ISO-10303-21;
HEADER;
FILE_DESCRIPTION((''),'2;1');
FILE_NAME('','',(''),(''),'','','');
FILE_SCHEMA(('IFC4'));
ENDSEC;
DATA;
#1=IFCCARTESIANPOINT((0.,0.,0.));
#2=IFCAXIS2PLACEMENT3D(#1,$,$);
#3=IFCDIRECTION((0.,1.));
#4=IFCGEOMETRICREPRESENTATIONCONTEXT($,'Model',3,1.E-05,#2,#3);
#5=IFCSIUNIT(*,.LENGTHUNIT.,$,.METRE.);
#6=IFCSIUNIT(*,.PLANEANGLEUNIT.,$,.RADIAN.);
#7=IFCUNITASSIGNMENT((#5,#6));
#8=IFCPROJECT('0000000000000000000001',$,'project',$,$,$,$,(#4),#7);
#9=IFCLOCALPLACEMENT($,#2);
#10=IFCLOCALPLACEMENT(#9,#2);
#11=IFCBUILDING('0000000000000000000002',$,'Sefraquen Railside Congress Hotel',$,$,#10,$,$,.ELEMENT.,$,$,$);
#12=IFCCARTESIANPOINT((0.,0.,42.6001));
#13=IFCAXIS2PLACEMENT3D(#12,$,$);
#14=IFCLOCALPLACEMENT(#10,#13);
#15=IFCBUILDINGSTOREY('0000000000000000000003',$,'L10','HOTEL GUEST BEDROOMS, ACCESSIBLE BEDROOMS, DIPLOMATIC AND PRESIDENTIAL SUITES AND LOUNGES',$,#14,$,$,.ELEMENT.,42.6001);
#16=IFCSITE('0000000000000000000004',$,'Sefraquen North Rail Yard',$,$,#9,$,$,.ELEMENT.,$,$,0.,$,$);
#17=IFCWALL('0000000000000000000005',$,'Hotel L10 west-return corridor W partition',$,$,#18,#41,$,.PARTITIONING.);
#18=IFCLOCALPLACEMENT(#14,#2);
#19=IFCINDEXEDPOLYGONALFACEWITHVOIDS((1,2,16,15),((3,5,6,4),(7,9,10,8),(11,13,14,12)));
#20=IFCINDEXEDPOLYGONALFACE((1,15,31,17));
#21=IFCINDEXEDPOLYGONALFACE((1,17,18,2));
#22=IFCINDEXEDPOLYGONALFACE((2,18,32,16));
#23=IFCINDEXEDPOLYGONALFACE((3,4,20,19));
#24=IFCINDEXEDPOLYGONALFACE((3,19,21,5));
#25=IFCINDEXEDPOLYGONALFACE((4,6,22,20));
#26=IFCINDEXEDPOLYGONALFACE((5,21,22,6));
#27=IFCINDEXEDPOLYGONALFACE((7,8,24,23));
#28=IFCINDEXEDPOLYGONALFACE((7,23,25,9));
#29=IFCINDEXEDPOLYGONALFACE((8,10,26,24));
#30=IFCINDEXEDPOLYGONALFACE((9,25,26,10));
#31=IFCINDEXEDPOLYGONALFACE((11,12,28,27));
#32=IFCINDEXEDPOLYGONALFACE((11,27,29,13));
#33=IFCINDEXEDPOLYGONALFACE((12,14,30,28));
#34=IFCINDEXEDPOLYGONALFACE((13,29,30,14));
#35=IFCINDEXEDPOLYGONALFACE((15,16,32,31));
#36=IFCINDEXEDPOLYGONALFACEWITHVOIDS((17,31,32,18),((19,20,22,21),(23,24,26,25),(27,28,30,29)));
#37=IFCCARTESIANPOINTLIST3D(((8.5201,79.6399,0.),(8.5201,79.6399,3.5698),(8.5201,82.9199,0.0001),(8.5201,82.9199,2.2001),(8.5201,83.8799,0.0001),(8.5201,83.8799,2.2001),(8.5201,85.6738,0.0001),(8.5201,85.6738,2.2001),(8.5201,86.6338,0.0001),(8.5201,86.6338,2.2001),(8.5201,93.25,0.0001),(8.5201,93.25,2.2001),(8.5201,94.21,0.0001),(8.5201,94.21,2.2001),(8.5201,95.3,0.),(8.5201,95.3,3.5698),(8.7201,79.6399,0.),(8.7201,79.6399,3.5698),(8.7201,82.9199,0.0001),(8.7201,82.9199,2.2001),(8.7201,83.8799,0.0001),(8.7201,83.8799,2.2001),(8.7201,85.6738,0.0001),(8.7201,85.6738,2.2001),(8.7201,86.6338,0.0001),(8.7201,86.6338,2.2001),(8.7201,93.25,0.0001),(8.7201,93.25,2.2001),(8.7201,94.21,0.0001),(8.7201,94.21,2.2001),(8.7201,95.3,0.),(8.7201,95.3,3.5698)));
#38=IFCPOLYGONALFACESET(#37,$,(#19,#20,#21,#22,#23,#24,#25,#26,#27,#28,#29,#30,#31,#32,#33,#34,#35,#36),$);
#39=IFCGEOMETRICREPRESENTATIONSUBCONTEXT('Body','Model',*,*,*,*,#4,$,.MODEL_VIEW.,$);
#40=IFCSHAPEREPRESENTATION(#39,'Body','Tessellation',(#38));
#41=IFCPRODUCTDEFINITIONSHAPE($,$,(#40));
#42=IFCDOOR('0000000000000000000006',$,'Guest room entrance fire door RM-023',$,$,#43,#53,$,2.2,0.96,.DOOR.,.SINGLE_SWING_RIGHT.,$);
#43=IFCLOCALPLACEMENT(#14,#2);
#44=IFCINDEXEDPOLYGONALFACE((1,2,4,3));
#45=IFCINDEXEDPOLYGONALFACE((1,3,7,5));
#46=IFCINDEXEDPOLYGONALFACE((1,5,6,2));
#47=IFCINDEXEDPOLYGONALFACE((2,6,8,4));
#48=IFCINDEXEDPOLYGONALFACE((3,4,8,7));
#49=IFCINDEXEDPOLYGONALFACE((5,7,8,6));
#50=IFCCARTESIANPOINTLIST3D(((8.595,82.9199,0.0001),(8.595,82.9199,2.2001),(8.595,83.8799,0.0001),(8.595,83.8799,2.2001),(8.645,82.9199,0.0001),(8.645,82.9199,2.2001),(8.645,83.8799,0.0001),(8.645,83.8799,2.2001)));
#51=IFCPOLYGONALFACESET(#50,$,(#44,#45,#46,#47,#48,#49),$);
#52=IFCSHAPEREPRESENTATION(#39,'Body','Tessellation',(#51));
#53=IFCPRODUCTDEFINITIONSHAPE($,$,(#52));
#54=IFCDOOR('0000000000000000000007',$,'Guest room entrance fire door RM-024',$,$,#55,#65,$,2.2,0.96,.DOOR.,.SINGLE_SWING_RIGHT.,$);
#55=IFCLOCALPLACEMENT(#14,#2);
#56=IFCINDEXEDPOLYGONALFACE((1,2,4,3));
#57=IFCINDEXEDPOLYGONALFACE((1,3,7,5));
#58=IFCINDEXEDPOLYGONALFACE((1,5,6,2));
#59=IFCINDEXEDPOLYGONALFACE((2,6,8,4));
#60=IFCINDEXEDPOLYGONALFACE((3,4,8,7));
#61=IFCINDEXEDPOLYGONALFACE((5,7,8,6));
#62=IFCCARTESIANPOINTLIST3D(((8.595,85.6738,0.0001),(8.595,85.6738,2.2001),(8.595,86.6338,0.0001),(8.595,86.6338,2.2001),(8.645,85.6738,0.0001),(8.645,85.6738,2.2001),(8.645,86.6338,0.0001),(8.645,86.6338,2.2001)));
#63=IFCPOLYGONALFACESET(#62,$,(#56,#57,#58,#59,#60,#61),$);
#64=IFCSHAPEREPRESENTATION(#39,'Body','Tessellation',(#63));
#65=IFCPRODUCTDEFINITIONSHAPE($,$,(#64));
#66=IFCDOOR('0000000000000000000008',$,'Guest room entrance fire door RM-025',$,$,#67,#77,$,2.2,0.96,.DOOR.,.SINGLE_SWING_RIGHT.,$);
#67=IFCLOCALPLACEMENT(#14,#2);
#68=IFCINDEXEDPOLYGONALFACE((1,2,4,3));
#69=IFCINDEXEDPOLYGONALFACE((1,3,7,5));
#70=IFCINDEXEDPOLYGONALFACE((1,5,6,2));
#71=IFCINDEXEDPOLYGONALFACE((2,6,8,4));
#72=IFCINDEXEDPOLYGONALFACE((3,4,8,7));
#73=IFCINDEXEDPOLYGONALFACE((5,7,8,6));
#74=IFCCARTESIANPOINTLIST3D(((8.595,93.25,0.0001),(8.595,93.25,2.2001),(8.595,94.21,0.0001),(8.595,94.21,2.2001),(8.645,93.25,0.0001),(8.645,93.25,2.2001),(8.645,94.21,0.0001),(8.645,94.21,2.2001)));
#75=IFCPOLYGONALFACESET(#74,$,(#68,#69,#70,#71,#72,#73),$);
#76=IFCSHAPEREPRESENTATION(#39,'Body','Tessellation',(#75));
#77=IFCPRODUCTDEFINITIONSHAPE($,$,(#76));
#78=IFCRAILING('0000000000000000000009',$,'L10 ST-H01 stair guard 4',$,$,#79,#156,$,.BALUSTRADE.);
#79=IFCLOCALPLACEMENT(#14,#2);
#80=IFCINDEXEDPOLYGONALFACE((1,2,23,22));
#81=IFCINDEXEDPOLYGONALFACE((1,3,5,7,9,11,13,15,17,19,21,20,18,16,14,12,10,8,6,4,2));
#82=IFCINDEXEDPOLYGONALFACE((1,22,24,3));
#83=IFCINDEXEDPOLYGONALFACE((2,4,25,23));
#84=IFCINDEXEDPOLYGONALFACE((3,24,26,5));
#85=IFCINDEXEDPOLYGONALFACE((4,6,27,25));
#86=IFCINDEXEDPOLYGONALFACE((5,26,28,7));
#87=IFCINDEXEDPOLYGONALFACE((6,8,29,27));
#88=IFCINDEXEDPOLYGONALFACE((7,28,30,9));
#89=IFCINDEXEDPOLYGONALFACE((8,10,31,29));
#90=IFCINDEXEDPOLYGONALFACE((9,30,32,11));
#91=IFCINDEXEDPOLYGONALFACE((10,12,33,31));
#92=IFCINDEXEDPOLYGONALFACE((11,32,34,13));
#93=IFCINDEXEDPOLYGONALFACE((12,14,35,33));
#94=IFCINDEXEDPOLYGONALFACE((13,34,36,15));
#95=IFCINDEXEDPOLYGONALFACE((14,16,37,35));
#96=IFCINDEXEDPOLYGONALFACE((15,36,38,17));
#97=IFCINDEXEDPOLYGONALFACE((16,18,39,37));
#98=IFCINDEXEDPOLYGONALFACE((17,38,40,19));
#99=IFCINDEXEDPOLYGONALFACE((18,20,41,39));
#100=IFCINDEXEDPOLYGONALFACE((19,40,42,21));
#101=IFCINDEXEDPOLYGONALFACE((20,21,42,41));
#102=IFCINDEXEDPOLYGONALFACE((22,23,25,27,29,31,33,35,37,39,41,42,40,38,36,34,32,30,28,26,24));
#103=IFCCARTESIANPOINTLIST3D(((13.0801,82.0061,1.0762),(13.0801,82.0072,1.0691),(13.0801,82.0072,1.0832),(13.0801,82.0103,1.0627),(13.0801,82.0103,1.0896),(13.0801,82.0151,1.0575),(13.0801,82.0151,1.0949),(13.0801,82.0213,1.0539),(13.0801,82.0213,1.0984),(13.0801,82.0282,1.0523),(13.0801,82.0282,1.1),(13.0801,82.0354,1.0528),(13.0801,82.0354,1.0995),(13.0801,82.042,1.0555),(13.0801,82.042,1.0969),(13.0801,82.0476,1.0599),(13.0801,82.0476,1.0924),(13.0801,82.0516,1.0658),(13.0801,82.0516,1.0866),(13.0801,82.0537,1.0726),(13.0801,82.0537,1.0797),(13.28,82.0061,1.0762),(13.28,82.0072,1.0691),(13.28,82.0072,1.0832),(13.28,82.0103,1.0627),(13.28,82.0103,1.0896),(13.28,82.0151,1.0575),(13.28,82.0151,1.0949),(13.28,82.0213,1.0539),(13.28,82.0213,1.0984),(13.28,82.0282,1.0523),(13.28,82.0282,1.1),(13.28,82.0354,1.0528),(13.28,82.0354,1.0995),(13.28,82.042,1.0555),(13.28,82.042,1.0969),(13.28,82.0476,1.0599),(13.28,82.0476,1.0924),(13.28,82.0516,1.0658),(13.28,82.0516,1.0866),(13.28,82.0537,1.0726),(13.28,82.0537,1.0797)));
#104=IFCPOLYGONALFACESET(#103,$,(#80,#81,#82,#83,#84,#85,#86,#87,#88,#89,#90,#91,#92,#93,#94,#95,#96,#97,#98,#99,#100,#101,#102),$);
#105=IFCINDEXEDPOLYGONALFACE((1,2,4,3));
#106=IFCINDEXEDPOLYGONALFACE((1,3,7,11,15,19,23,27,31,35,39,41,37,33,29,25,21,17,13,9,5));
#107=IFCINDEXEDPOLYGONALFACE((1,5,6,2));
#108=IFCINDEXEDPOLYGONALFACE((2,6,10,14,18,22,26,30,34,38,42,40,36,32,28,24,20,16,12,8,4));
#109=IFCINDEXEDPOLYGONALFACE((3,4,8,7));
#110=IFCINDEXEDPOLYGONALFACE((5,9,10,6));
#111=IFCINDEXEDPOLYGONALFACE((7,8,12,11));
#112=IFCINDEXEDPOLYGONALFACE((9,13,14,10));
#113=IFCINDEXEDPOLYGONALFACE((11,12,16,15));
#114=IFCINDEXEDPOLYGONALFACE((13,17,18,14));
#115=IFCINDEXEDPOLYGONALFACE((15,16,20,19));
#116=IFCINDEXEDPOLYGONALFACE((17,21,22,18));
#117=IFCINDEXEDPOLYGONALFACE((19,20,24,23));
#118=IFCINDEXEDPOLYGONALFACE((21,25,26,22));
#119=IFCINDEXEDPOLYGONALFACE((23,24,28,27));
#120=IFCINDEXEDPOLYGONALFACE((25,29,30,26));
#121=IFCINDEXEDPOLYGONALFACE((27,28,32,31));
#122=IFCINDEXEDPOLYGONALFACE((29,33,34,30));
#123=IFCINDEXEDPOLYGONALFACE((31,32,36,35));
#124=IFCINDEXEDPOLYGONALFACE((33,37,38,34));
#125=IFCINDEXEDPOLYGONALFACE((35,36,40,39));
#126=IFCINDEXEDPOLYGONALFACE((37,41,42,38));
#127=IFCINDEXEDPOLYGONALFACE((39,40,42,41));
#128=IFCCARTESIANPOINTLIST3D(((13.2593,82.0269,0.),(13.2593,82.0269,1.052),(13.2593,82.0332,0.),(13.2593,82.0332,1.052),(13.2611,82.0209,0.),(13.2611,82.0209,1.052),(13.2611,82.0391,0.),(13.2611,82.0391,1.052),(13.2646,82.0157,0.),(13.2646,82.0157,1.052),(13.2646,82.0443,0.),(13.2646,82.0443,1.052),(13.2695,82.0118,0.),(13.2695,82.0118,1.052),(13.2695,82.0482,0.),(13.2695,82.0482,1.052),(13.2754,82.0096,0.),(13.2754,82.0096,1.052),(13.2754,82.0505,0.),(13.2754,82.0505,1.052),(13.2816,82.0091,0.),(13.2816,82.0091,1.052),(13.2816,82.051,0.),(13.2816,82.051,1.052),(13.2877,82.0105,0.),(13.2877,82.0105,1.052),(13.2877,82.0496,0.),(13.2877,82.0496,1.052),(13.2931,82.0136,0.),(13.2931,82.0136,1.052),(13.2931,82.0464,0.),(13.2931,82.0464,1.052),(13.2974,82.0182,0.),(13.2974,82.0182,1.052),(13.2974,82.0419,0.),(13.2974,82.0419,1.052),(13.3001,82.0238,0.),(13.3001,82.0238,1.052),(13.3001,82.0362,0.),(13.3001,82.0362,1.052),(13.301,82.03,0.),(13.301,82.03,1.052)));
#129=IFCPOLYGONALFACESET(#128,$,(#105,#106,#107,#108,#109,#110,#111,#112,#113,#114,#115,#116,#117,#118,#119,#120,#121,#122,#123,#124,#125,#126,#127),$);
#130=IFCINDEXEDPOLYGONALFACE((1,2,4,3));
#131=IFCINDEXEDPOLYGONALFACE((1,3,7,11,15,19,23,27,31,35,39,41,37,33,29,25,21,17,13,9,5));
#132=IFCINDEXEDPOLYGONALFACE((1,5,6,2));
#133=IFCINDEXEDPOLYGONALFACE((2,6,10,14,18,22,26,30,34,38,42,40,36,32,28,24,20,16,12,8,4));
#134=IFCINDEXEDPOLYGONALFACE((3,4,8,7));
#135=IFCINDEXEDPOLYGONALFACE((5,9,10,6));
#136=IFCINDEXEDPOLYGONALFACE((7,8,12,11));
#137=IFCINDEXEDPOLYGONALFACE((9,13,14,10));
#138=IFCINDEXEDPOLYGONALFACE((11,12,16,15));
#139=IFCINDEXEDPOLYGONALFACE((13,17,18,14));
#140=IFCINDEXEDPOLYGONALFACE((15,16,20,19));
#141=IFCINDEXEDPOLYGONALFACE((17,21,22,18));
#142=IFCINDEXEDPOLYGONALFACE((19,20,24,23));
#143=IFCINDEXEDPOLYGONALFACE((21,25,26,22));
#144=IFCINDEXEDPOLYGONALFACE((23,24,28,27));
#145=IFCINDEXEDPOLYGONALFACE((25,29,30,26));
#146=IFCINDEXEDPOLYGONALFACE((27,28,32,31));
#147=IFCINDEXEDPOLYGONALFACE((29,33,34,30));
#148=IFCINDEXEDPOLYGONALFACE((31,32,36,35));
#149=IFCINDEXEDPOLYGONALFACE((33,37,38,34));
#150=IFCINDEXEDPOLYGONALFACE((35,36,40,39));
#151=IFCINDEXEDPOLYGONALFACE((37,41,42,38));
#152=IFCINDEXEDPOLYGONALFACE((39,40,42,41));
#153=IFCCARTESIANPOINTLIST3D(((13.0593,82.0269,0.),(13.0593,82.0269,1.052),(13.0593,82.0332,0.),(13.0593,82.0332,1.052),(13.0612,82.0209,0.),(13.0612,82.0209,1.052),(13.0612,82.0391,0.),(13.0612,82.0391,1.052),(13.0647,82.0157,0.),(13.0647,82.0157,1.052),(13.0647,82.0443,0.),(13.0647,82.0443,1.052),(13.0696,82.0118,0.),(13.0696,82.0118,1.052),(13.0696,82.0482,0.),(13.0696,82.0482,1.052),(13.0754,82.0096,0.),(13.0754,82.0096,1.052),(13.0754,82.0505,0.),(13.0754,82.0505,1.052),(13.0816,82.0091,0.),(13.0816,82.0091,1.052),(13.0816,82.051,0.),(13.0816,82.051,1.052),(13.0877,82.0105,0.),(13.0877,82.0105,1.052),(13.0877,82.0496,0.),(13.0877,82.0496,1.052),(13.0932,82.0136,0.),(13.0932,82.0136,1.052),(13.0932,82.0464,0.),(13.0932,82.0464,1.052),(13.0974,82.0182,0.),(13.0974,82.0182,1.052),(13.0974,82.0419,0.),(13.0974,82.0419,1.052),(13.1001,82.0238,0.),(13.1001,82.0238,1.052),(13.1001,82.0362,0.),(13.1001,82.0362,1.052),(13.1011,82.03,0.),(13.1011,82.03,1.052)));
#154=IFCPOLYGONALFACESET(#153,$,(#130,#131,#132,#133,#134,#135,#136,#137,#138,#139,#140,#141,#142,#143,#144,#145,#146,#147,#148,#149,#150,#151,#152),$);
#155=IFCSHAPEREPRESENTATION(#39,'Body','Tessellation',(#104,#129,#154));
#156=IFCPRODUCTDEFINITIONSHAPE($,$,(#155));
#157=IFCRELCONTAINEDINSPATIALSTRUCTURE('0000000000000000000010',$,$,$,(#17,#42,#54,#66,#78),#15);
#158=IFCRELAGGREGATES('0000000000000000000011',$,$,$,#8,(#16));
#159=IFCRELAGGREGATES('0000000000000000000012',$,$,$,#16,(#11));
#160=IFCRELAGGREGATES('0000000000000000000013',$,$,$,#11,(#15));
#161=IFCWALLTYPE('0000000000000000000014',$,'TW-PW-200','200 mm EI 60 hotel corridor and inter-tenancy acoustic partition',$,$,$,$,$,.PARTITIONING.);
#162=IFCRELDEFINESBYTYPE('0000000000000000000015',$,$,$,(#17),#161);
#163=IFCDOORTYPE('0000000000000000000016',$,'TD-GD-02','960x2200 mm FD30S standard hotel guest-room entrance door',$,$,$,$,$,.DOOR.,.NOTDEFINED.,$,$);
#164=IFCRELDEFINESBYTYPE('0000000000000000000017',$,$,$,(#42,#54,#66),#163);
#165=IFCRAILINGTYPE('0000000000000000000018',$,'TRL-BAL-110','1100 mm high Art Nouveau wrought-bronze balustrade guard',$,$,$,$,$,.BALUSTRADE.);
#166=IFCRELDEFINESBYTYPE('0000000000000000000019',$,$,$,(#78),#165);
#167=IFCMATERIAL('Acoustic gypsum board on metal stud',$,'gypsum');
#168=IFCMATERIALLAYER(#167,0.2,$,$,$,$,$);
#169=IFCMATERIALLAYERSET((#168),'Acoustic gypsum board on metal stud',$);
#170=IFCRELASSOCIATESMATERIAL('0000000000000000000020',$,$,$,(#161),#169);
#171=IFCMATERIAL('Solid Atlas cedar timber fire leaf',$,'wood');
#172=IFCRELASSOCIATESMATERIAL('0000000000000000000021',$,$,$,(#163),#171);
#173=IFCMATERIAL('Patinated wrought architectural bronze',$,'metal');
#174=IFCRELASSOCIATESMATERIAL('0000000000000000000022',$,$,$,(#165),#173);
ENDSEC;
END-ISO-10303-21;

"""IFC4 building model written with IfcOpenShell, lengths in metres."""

from ifc_helpers import new_model, si_unit, direction, frame, frame_2d, origin, origin_2d, place, context, subcontext, project, spatial, rectangle, circle, extrude, material, layer, layer_set, type_object, element, fill, save


model = new_model("IFC4")

# Units and contexts
model_context = context("Model", 3, precision=1e-05, world=origin(), true_north=direction((0.0, 1.0)))
body_context = subcontext(model_context, "Body", "Model", "MODEL_VIEW")
ifc_project = project(units=[si_unit("LENGTHUNIT", "METRE"), si_unit("PLANEANGLEUNIT", "RADIAN")], contexts=[model_context])

# Site, building, storey
site_placement = place(None, origin())
site = spatial("IfcSite", under=ifc_project, at=site_placement, Name="Sefraquen North Rail Yard", CompositionType="ELEMENT", RefElevation=0.0)
building_placement = place(site_placement, origin())
building = spatial("IfcBuilding", under=site, at=building_placement, Name="Sefraquen Railside Congress Hotel", CompositionType="ELEMENT")
storey_placement = place(building_placement, frame((0.0, 0.0, 42.6001)))
storey = spatial("IfcBuildingStorey", under=building, at=storey_placement, Name="L10", Description="HOTEL GUEST BEDROOMS, ACCESSIBLE BEDROOMS, DIPLOMATIC AND PRESIDENTIAL SUITES AND LOUNGES", CompositionType="ELEMENT", Elevation=42.6001)

# Wall, openings, doors
ifc_material_1 = material(Name="Acoustic gypsum board on metal stud", Category="gypsum")
ifc_layer_1 = layer(ifc_material_1, 0.2)
ifc_layer_set_1 = layer_set([ifc_layer_1], Name="Acoustic gypsum board on metal stud")
wall_type_1 = type_object("IfcWallType", Name="TW-PW-200", Description="200 mm EI 60 hotel corridor and inter-tenancy acoustic partition", PredefinedType="PARTITIONING", material=ifc_layer_set_1)
wall_1_placement = place(storey_placement, frame((8.6201, 79.6399, 0.0), z_axis=(0.0, 0.0, 1.0), x_axis=(0.0, 1.0, 0.0)))
wall_1 = element("IfcWall", 1, at=wall_1_placement, inside=storey, type_object=wall_type_1, Name="Hotel L10 west-return corridor W partition", PredefinedType="PARTITIONING", context=body_context, shape_type="SweptSolid", body=[
    extrude(rectangle(XDim=15.6602, YDim=0.2, at=frame_2d((7.8301, 0.0))), origin(), (0.0, 0.0, 1.0), 3.5698),
])
opening_1_placement = place(wall_1_placement, frame((3.28, 0.0, 0.0)))
opening_1 = element("IfcOpeningElement", 2, at=opening_1_placement, cuts=wall_1, PredefinedType="OPENING", context=body_context, shape_type="SweptSolid", body=[
    extrude(rectangle(XDim=0.96, YDim=2.2, at=frame_2d((0.48, 1.1001))), frame((0.0, 0.1099, 0.0), z_axis=(0.0, -1.0, 0.0), x_axis=(1.0, 0.0, 0.0)), (0.0, 0.0, 1.0), 0.22),
])
opening_2_placement = place(wall_1_placement, frame((6.0339, 0.0, 0.0)))
opening_2 = element("IfcOpeningElement", 3, at=opening_2_placement, cuts=wall_1, PredefinedType="OPENING", context=body_context, shape_type="SweptSolid", body=[
    extrude(rectangle(XDim=0.96, YDim=2.2, at=frame_2d((0.48, 1.1001))), frame((0.0, 0.1099, 0.0), z_axis=(0.0, -1.0, 0.0), x_axis=(1.0, 0.0, 0.0)), (0.0, 0.0, 1.0), 0.22),
])
opening_3_placement = place(wall_1_placement, frame((13.6101, 0.0, 0.0)))
opening_3 = element("IfcOpeningElement", 4, at=opening_3_placement, cuts=wall_1, PredefinedType="OPENING", context=body_context, shape_type="SweptSolid", body=[
    extrude(rectangle(XDim=0.96, YDim=2.2, at=frame_2d((0.48, 1.1001))), frame((0.0, 0.1099, 0.0), z_axis=(0.0, -1.0, 0.0), x_axis=(1.0, 0.0, 0.0)), (0.0, 0.0, 1.0), 0.22),
])
ifc_material_2 = material(Name="Solid Atlas cedar timber fire leaf", Category="wood")
door_type_1 = type_object("IfcDoorType", Name="TD-GD-02", Description="960x2200 mm FD30S standard hotel guest-room entrance door", OperationType="NOTDEFINED", PredefinedType="DOOR", material=ifc_material_2)
door_1_placement = place(opening_1_placement, frame((0.96, 0.0, 0.0), z_axis=(0.0, 0.0, 1.0), x_axis=(-1.0, 0.0, 0.0)))
door_1 = element("IfcDoor", 5, at=door_1_placement, inside=storey, type_object=door_type_1, Name="Guest room entrance fire door RM-023", OperationType="SINGLE_SWING_RIGHT", OverallHeight=2.2, OverallWidth=0.96, PredefinedType="DOOR", context=body_context, shape_type="SweptSolid", body=[
    extrude(rectangle(XDim=0.96, YDim=2.2, at=frame_2d((0.48, 1.1001))), frame((0.0, 0.0249, 0.0), z_axis=(0.0, -1.0, 0.0), x_axis=(1.0, 0.0, 0.0)), (0.0, 0.0, 1.0), 0.05),
])
fill(opening_1, door_1)
door_2_placement = place(opening_2_placement, frame((0.96, 0.0, 0.0), z_axis=(0.0, 0.0, 1.0), x_axis=(-1.0, 0.0, 0.0)))
door_2 = element("IfcDoor", 6, at=door_2_placement, inside=storey, type_object=door_type_1, Name="Guest room entrance fire door RM-024", OperationType="SINGLE_SWING_RIGHT", OverallHeight=2.2, OverallWidth=0.96, PredefinedType="DOOR", context=body_context, shape_type="SweptSolid", body=[
    extrude(rectangle(XDim=0.96, YDim=2.2, at=frame_2d((0.48, 1.1001))), frame((0.0, 0.0249, 0.0), z_axis=(0.0, -1.0, 0.0), x_axis=(1.0, 0.0, 0.0)), (0.0, 0.0, 1.0), 0.05),
])
fill(opening_2, door_2)
door_3_placement = place(opening_3_placement, frame((0.96, 0.0, 0.0), z_axis=(0.0, 0.0, 1.0), x_axis=(-1.0, 0.0, 0.0)))
door_3 = element("IfcDoor", 7, at=door_3_placement, inside=storey, type_object=door_type_1, Name="Guest room entrance fire door RM-025", OperationType="SINGLE_SWING_RIGHT", OverallHeight=2.2, OverallWidth=0.96, PredefinedType="DOOR", context=body_context, shape_type="SweptSolid", body=[
    extrude(rectangle(XDim=0.96, YDim=2.2, at=frame_2d((0.48, 1.1001))), frame((0.0, 0.0249, 0.0), z_axis=(0.0, -1.0, 0.0), x_axis=(1.0, 0.0, 0.0)), (0.0, 0.0, 1.0), 0.05),
])
fill(opening_3, door_3)

# Railing
ifc_material_3 = material(Name="Patinated wrought architectural bronze", Category="metal")
railing_type = type_object("IfcRailingType", Name="TRL-BAL-110", Description="1100 mm high Art Nouveau wrought-bronze balustrade guard", PredefinedType="BALUSTRADE", material=ifc_material_3)
railing_1_placement = place(storey_placement, frame((13.28, 82.03, 0.0)))
element("IfcRailing", 8, at=railing_1_placement, inside=storey, type_object=railing_type, Name="L10 ST-H01 stair guard 4", PredefinedType="BALUSTRADE", context=body_context, shape_type="SweptSolid", body=[
    extrude(circle(Radius=0.0239, at=origin_2d()), frame((0.0, 0.0, 1.0762), z_axis=(-1.0, 0.0, 0.0), x_axis=(0.0, -1.0, 0.0)), (0.0, 0.0, 1.0), 0.2),
    extrude(circle(Radius=0.021, at=origin_2d()), origin(), (0.0, 0.0, 1.0), 1.052),
    extrude(circle(Radius=0.021, at=origin_2d()), frame((-0.2, 0.0, 0.0)), (0.0, 0.0, 1.0), 1.052),
])

save(model, "model.ifc")
